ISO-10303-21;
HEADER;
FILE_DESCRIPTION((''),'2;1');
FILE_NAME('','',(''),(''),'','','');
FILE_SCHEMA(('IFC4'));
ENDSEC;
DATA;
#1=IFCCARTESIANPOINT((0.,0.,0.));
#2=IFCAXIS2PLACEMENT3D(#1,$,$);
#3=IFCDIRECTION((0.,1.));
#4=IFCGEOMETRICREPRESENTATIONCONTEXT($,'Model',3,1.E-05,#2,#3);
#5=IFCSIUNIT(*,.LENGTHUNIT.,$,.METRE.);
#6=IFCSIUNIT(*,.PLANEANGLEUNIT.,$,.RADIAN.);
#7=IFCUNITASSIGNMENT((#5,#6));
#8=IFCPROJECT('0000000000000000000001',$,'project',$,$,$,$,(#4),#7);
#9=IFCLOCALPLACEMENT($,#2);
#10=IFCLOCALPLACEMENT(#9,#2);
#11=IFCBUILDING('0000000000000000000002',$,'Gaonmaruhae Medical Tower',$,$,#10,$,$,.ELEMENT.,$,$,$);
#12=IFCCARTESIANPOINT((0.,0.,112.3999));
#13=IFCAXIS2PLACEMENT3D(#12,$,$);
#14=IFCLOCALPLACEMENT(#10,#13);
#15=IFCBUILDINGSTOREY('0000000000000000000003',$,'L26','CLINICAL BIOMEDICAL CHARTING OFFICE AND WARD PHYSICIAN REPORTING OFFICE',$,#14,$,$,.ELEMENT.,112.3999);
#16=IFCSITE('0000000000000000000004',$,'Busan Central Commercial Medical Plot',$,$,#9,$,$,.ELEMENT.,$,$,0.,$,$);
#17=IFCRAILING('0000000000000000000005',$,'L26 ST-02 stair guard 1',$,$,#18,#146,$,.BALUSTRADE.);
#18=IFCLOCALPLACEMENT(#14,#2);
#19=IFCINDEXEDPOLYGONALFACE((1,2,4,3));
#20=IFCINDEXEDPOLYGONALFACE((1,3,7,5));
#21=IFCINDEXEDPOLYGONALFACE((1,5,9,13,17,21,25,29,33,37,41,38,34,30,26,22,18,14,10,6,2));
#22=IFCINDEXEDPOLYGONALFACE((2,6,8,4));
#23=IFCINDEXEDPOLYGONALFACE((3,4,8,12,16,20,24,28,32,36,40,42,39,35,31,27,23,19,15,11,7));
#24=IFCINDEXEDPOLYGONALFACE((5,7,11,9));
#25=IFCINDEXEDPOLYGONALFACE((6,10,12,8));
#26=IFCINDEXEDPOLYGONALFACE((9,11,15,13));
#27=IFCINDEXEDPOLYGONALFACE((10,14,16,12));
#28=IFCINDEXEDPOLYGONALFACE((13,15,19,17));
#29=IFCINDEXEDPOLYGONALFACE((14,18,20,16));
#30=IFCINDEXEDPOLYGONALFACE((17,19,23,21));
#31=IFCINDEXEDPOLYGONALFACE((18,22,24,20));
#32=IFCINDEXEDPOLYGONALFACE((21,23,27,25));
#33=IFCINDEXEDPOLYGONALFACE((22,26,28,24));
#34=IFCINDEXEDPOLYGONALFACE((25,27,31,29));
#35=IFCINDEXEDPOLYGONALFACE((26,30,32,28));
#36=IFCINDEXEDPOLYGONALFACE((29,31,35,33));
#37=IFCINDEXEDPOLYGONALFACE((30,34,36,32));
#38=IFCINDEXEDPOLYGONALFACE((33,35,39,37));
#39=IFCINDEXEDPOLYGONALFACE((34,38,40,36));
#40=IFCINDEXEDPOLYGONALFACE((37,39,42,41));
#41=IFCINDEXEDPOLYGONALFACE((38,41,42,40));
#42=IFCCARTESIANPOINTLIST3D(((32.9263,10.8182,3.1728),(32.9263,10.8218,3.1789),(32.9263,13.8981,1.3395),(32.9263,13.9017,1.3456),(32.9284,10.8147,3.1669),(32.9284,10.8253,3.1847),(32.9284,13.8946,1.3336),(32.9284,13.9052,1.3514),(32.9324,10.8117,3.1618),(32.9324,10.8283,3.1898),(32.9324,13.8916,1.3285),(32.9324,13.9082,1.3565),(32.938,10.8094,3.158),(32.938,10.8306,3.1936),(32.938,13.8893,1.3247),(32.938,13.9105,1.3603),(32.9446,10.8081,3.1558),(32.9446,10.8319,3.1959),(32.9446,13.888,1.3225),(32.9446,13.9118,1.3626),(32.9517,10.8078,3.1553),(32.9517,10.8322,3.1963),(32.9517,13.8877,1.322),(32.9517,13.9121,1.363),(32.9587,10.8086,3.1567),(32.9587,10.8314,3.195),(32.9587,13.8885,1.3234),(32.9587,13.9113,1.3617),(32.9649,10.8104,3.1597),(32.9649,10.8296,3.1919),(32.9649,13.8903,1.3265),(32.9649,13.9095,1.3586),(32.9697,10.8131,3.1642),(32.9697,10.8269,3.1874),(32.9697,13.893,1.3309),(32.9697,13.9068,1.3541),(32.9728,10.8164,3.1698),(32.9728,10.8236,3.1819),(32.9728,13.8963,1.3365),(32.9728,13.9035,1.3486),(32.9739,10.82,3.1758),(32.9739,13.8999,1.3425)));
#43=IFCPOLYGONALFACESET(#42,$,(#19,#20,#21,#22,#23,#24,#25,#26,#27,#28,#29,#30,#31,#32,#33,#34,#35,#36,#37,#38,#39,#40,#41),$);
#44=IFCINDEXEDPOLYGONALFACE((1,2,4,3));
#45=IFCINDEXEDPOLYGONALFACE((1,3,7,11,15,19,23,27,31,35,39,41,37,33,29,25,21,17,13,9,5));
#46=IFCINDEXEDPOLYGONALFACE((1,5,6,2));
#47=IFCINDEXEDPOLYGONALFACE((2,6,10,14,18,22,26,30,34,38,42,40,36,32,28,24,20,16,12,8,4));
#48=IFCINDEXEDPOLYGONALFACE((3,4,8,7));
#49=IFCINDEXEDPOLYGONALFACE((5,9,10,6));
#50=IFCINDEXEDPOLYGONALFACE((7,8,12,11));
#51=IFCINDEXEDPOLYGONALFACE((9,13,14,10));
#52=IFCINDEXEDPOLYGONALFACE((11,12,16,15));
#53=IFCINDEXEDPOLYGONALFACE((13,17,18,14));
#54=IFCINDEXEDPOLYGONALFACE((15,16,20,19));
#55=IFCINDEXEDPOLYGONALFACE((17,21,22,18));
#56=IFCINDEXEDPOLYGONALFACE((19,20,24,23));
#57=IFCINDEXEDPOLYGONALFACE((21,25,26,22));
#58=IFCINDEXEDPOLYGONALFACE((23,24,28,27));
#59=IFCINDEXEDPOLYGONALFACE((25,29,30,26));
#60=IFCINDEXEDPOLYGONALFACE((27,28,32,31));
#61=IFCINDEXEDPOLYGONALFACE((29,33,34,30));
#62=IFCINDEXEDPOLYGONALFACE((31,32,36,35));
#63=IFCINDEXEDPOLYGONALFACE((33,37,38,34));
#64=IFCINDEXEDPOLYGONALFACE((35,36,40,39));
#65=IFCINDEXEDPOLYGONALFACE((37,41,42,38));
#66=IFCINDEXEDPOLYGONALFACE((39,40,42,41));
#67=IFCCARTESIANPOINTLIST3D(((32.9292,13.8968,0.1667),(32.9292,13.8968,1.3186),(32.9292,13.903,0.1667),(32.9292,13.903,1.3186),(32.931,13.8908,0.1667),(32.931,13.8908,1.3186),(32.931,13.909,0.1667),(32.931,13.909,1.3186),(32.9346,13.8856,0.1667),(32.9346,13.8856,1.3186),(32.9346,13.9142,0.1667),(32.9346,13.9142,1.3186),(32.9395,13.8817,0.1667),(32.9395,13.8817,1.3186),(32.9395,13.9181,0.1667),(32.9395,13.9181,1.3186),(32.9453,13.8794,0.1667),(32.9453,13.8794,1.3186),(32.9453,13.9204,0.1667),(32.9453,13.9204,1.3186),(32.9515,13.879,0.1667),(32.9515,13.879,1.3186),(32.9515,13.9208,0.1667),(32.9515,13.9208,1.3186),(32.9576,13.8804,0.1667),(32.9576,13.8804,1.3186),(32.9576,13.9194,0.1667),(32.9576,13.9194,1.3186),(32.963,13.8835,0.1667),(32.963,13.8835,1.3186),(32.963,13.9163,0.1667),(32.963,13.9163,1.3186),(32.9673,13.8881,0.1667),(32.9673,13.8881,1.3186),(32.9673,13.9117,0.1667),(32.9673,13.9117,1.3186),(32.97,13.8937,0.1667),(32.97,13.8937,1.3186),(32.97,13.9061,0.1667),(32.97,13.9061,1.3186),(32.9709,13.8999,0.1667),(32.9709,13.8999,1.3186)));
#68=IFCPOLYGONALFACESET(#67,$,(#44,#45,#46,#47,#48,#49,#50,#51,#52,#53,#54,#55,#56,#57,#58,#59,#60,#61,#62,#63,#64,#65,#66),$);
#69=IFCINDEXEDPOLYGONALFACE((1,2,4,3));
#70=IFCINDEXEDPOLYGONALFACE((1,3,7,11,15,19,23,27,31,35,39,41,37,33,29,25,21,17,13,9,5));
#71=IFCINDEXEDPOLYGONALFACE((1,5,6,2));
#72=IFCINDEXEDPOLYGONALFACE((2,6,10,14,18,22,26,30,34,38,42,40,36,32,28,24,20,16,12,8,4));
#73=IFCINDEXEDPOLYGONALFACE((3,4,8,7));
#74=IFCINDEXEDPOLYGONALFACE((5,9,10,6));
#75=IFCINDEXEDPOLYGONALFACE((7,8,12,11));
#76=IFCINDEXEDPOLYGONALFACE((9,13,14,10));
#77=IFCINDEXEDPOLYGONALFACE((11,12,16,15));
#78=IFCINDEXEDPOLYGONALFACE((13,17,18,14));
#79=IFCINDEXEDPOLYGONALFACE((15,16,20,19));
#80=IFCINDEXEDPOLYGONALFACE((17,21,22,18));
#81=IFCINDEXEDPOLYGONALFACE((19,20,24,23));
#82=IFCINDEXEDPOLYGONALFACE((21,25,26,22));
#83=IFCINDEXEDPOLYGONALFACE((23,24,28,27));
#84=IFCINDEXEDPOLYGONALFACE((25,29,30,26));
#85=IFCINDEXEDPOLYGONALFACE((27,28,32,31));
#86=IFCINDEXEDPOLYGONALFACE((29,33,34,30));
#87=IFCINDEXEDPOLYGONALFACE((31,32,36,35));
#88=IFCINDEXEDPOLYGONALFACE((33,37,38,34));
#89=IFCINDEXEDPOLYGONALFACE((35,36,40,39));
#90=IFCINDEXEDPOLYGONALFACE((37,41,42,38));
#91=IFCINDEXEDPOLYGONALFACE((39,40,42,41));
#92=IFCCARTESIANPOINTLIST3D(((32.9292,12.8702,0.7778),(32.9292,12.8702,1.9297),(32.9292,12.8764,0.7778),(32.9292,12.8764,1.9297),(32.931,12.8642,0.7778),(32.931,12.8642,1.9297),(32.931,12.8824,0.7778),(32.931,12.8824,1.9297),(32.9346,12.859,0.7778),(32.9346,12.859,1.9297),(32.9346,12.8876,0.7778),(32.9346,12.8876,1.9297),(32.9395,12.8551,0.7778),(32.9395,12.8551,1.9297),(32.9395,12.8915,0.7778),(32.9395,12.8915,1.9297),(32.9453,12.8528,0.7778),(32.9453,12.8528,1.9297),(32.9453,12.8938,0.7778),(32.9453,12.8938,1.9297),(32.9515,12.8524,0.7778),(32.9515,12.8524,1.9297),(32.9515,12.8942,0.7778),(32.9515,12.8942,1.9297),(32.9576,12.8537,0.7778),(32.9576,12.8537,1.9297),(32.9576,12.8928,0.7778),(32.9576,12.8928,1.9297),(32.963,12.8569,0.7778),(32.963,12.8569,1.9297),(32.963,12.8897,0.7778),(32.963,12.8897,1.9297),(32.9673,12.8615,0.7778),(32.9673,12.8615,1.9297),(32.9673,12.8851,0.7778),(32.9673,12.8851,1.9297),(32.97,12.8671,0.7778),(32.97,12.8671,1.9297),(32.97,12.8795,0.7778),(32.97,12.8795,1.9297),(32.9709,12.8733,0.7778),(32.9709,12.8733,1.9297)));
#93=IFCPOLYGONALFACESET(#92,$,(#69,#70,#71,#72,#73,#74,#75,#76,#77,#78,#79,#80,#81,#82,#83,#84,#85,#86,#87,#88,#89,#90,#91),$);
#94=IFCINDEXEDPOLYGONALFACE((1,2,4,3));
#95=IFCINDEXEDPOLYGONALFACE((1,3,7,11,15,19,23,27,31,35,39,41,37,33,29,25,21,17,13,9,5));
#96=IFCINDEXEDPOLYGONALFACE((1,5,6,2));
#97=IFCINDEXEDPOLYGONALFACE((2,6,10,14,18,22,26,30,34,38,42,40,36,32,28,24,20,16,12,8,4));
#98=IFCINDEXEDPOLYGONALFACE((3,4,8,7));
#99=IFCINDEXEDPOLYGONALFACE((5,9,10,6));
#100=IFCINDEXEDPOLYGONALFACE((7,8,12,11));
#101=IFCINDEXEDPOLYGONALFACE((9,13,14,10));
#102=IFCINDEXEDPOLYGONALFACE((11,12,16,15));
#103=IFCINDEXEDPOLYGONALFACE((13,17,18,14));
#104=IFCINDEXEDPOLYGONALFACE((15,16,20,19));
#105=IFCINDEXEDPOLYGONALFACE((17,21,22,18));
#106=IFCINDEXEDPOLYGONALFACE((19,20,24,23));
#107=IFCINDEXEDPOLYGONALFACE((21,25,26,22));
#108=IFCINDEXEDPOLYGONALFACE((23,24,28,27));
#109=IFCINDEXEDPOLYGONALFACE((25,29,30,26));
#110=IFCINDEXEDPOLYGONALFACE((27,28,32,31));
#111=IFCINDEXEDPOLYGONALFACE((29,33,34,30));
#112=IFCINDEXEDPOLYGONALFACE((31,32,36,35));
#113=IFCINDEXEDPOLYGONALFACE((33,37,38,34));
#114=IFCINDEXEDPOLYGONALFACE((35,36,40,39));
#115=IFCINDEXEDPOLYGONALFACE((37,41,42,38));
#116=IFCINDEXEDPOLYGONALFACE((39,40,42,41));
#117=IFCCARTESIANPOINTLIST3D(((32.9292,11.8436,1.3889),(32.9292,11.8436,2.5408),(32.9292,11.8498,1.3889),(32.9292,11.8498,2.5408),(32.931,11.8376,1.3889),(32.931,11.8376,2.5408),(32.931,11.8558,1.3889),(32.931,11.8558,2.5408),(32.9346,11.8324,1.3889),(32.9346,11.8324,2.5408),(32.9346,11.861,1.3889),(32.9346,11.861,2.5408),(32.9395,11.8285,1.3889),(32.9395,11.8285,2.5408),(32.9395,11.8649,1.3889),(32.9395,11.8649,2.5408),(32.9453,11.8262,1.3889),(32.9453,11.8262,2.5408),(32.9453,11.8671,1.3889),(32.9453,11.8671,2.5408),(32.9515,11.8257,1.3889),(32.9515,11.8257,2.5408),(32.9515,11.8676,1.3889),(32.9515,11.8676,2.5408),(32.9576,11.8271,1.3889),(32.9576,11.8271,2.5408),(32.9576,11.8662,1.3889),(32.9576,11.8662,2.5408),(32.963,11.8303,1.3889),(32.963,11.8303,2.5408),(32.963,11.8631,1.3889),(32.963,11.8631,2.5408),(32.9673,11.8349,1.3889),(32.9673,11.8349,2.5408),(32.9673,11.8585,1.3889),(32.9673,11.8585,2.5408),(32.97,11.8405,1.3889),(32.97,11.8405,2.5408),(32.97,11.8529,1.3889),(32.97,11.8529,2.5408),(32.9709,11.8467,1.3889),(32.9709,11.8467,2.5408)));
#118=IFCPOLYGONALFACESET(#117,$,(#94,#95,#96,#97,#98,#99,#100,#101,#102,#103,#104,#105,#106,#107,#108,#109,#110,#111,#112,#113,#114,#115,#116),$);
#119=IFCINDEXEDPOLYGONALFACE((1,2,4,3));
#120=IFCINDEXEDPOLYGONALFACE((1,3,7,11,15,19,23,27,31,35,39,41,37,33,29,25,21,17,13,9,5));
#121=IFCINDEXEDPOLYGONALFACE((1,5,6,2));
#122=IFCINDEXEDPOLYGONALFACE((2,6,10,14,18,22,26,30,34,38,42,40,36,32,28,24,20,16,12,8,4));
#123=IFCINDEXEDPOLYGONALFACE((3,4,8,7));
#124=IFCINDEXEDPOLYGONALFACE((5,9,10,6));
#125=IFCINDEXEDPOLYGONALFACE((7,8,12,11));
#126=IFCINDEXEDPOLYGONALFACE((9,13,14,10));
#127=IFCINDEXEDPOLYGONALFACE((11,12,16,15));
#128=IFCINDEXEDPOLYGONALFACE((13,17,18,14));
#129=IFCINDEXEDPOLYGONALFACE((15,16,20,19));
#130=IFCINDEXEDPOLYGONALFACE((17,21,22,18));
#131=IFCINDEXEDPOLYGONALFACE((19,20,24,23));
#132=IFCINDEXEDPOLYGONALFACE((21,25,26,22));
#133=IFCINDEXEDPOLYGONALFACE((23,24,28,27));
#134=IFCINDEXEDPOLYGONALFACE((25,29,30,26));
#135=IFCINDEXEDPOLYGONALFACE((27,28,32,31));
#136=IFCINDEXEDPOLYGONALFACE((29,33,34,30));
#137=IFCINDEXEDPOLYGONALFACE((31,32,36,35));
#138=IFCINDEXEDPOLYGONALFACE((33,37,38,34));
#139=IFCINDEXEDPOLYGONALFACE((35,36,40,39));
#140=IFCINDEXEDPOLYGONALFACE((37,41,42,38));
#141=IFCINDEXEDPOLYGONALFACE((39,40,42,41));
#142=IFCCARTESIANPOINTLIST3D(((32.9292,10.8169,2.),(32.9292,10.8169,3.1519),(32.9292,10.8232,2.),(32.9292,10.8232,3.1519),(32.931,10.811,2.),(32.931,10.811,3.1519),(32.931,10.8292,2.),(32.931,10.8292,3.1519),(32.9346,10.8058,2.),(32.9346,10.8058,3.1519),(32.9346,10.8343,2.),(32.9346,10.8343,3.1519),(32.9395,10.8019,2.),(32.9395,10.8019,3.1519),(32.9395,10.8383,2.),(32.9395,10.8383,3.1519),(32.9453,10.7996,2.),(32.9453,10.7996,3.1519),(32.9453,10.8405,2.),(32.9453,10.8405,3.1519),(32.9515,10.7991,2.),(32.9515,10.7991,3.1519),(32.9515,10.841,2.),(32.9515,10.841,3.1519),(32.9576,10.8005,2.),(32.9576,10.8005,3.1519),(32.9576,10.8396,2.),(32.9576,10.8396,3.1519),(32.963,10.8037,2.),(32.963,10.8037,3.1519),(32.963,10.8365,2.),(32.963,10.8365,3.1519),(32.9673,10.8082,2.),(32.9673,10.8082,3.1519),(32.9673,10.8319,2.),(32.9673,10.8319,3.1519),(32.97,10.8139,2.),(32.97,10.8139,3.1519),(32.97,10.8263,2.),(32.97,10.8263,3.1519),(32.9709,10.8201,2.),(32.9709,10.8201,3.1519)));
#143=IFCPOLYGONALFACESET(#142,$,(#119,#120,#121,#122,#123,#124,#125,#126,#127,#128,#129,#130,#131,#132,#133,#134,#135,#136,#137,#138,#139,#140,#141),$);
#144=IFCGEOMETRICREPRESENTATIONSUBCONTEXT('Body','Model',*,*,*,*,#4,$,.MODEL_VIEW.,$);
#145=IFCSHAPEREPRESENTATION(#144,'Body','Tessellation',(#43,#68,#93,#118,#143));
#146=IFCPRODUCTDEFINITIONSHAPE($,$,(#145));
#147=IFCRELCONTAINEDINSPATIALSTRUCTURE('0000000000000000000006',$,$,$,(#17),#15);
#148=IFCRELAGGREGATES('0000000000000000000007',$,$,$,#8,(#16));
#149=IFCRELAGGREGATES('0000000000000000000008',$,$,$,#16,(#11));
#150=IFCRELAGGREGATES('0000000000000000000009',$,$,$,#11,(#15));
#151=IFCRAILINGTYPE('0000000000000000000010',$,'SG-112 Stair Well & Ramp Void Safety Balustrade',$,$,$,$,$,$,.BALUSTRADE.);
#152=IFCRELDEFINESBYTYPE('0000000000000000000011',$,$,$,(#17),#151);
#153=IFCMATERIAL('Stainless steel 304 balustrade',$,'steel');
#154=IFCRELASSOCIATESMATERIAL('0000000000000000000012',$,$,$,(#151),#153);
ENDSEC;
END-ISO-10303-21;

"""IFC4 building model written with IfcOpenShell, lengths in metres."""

from ifc_helpers import new_model, si_unit, direction, frame, origin, origin_2d, place, context, subcontext, project, spatial, circle, extrude, material, type_object, element, save


model = new_model("IFC4")

# Units and contexts
model_context = context("Model", 3, precision=1e-05, world=origin(), true_north=direction((0.0, 1.0)))
body_context = subcontext(model_context, "Body", "Model", "MODEL_VIEW")
ifc_project = project(units=[si_unit("LENGTHUNIT", "METRE"), si_unit("PLANEANGLEUNIT", "RADIAN")], contexts=[model_context])

# Site, building, storey
site_placement = place(None, origin())
site = spatial("IfcSite", under=ifc_project, at=site_placement, Name="Busan Central Commercial Medical Plot", CompositionType="ELEMENT", RefElevation=0.0)
building_placement = place(site_placement, origin())
building = spatial("IfcBuilding", under=site, at=building_placement, Name="Gaonmaruhae Medical Tower", CompositionType="ELEMENT")
storey_placement = place(building_placement, frame((0.0, 0.0, 112.3999)))
storey = spatial("IfcBuildingStorey", under=building, at=storey_placement, Name="L26", Description="CLINICAL BIOMEDICAL CHARTING OFFICE AND WARD PHYSICIAN REPORTING OFFICE", CompositionType="ELEMENT", Elevation=112.3999)

# Railing
ifc_material_1 = material(Name="Stainless steel 304 balustrade", Category="steel")
railing_type_1 = type_object("IfcRailingType", Name="SG-112 Stair Well & Ramp Void Safety Balustrade", PredefinedType="BALUSTRADE", material=ifc_material_1)
railing_1_placement = place(storey_placement, frame((32.95, 13.8999, 0.1667)))
element("IfcRailing", 1, at=railing_1_placement, inside=storey, type_object=railing_type_1, Name="L26 ST-02 stair guard 1", PredefinedType="BALUSTRADE", context=body_context, shape_type="SweptSolid", body=[
    extrude(circle(Radius=0.0239, at=origin_2d()), frame((0.0, 0.0, 1.1758), z_axis=(0.0, -0.859291, 0.511487), x_axis=(1.0, 0.0, 0.0)), (0.0, 0.0, 1.0), 3.5842),
    extrude(circle(Radius=0.021, at=origin_2d()), origin(), (0.0, 0.0, 1.0), 1.1519),
    extrude(circle(Radius=0.021, at=origin_2d()), frame((0.0, -1.0266, 0.6111)), (0.0, 0.0, 1.0), 1.1519),
    extrude(circle(Radius=0.021, at=origin_2d()), frame((0.0, -2.0532, 1.2222)), (0.0, 0.0, 1.0), 1.1519),
    extrude(circle(Radius=0.021, at=origin_2d()), frame((0.0, -3.0798, 1.8333)), (0.0, 0.0, 1.0), 1.1519),
])

save(model, "model.ifc")
